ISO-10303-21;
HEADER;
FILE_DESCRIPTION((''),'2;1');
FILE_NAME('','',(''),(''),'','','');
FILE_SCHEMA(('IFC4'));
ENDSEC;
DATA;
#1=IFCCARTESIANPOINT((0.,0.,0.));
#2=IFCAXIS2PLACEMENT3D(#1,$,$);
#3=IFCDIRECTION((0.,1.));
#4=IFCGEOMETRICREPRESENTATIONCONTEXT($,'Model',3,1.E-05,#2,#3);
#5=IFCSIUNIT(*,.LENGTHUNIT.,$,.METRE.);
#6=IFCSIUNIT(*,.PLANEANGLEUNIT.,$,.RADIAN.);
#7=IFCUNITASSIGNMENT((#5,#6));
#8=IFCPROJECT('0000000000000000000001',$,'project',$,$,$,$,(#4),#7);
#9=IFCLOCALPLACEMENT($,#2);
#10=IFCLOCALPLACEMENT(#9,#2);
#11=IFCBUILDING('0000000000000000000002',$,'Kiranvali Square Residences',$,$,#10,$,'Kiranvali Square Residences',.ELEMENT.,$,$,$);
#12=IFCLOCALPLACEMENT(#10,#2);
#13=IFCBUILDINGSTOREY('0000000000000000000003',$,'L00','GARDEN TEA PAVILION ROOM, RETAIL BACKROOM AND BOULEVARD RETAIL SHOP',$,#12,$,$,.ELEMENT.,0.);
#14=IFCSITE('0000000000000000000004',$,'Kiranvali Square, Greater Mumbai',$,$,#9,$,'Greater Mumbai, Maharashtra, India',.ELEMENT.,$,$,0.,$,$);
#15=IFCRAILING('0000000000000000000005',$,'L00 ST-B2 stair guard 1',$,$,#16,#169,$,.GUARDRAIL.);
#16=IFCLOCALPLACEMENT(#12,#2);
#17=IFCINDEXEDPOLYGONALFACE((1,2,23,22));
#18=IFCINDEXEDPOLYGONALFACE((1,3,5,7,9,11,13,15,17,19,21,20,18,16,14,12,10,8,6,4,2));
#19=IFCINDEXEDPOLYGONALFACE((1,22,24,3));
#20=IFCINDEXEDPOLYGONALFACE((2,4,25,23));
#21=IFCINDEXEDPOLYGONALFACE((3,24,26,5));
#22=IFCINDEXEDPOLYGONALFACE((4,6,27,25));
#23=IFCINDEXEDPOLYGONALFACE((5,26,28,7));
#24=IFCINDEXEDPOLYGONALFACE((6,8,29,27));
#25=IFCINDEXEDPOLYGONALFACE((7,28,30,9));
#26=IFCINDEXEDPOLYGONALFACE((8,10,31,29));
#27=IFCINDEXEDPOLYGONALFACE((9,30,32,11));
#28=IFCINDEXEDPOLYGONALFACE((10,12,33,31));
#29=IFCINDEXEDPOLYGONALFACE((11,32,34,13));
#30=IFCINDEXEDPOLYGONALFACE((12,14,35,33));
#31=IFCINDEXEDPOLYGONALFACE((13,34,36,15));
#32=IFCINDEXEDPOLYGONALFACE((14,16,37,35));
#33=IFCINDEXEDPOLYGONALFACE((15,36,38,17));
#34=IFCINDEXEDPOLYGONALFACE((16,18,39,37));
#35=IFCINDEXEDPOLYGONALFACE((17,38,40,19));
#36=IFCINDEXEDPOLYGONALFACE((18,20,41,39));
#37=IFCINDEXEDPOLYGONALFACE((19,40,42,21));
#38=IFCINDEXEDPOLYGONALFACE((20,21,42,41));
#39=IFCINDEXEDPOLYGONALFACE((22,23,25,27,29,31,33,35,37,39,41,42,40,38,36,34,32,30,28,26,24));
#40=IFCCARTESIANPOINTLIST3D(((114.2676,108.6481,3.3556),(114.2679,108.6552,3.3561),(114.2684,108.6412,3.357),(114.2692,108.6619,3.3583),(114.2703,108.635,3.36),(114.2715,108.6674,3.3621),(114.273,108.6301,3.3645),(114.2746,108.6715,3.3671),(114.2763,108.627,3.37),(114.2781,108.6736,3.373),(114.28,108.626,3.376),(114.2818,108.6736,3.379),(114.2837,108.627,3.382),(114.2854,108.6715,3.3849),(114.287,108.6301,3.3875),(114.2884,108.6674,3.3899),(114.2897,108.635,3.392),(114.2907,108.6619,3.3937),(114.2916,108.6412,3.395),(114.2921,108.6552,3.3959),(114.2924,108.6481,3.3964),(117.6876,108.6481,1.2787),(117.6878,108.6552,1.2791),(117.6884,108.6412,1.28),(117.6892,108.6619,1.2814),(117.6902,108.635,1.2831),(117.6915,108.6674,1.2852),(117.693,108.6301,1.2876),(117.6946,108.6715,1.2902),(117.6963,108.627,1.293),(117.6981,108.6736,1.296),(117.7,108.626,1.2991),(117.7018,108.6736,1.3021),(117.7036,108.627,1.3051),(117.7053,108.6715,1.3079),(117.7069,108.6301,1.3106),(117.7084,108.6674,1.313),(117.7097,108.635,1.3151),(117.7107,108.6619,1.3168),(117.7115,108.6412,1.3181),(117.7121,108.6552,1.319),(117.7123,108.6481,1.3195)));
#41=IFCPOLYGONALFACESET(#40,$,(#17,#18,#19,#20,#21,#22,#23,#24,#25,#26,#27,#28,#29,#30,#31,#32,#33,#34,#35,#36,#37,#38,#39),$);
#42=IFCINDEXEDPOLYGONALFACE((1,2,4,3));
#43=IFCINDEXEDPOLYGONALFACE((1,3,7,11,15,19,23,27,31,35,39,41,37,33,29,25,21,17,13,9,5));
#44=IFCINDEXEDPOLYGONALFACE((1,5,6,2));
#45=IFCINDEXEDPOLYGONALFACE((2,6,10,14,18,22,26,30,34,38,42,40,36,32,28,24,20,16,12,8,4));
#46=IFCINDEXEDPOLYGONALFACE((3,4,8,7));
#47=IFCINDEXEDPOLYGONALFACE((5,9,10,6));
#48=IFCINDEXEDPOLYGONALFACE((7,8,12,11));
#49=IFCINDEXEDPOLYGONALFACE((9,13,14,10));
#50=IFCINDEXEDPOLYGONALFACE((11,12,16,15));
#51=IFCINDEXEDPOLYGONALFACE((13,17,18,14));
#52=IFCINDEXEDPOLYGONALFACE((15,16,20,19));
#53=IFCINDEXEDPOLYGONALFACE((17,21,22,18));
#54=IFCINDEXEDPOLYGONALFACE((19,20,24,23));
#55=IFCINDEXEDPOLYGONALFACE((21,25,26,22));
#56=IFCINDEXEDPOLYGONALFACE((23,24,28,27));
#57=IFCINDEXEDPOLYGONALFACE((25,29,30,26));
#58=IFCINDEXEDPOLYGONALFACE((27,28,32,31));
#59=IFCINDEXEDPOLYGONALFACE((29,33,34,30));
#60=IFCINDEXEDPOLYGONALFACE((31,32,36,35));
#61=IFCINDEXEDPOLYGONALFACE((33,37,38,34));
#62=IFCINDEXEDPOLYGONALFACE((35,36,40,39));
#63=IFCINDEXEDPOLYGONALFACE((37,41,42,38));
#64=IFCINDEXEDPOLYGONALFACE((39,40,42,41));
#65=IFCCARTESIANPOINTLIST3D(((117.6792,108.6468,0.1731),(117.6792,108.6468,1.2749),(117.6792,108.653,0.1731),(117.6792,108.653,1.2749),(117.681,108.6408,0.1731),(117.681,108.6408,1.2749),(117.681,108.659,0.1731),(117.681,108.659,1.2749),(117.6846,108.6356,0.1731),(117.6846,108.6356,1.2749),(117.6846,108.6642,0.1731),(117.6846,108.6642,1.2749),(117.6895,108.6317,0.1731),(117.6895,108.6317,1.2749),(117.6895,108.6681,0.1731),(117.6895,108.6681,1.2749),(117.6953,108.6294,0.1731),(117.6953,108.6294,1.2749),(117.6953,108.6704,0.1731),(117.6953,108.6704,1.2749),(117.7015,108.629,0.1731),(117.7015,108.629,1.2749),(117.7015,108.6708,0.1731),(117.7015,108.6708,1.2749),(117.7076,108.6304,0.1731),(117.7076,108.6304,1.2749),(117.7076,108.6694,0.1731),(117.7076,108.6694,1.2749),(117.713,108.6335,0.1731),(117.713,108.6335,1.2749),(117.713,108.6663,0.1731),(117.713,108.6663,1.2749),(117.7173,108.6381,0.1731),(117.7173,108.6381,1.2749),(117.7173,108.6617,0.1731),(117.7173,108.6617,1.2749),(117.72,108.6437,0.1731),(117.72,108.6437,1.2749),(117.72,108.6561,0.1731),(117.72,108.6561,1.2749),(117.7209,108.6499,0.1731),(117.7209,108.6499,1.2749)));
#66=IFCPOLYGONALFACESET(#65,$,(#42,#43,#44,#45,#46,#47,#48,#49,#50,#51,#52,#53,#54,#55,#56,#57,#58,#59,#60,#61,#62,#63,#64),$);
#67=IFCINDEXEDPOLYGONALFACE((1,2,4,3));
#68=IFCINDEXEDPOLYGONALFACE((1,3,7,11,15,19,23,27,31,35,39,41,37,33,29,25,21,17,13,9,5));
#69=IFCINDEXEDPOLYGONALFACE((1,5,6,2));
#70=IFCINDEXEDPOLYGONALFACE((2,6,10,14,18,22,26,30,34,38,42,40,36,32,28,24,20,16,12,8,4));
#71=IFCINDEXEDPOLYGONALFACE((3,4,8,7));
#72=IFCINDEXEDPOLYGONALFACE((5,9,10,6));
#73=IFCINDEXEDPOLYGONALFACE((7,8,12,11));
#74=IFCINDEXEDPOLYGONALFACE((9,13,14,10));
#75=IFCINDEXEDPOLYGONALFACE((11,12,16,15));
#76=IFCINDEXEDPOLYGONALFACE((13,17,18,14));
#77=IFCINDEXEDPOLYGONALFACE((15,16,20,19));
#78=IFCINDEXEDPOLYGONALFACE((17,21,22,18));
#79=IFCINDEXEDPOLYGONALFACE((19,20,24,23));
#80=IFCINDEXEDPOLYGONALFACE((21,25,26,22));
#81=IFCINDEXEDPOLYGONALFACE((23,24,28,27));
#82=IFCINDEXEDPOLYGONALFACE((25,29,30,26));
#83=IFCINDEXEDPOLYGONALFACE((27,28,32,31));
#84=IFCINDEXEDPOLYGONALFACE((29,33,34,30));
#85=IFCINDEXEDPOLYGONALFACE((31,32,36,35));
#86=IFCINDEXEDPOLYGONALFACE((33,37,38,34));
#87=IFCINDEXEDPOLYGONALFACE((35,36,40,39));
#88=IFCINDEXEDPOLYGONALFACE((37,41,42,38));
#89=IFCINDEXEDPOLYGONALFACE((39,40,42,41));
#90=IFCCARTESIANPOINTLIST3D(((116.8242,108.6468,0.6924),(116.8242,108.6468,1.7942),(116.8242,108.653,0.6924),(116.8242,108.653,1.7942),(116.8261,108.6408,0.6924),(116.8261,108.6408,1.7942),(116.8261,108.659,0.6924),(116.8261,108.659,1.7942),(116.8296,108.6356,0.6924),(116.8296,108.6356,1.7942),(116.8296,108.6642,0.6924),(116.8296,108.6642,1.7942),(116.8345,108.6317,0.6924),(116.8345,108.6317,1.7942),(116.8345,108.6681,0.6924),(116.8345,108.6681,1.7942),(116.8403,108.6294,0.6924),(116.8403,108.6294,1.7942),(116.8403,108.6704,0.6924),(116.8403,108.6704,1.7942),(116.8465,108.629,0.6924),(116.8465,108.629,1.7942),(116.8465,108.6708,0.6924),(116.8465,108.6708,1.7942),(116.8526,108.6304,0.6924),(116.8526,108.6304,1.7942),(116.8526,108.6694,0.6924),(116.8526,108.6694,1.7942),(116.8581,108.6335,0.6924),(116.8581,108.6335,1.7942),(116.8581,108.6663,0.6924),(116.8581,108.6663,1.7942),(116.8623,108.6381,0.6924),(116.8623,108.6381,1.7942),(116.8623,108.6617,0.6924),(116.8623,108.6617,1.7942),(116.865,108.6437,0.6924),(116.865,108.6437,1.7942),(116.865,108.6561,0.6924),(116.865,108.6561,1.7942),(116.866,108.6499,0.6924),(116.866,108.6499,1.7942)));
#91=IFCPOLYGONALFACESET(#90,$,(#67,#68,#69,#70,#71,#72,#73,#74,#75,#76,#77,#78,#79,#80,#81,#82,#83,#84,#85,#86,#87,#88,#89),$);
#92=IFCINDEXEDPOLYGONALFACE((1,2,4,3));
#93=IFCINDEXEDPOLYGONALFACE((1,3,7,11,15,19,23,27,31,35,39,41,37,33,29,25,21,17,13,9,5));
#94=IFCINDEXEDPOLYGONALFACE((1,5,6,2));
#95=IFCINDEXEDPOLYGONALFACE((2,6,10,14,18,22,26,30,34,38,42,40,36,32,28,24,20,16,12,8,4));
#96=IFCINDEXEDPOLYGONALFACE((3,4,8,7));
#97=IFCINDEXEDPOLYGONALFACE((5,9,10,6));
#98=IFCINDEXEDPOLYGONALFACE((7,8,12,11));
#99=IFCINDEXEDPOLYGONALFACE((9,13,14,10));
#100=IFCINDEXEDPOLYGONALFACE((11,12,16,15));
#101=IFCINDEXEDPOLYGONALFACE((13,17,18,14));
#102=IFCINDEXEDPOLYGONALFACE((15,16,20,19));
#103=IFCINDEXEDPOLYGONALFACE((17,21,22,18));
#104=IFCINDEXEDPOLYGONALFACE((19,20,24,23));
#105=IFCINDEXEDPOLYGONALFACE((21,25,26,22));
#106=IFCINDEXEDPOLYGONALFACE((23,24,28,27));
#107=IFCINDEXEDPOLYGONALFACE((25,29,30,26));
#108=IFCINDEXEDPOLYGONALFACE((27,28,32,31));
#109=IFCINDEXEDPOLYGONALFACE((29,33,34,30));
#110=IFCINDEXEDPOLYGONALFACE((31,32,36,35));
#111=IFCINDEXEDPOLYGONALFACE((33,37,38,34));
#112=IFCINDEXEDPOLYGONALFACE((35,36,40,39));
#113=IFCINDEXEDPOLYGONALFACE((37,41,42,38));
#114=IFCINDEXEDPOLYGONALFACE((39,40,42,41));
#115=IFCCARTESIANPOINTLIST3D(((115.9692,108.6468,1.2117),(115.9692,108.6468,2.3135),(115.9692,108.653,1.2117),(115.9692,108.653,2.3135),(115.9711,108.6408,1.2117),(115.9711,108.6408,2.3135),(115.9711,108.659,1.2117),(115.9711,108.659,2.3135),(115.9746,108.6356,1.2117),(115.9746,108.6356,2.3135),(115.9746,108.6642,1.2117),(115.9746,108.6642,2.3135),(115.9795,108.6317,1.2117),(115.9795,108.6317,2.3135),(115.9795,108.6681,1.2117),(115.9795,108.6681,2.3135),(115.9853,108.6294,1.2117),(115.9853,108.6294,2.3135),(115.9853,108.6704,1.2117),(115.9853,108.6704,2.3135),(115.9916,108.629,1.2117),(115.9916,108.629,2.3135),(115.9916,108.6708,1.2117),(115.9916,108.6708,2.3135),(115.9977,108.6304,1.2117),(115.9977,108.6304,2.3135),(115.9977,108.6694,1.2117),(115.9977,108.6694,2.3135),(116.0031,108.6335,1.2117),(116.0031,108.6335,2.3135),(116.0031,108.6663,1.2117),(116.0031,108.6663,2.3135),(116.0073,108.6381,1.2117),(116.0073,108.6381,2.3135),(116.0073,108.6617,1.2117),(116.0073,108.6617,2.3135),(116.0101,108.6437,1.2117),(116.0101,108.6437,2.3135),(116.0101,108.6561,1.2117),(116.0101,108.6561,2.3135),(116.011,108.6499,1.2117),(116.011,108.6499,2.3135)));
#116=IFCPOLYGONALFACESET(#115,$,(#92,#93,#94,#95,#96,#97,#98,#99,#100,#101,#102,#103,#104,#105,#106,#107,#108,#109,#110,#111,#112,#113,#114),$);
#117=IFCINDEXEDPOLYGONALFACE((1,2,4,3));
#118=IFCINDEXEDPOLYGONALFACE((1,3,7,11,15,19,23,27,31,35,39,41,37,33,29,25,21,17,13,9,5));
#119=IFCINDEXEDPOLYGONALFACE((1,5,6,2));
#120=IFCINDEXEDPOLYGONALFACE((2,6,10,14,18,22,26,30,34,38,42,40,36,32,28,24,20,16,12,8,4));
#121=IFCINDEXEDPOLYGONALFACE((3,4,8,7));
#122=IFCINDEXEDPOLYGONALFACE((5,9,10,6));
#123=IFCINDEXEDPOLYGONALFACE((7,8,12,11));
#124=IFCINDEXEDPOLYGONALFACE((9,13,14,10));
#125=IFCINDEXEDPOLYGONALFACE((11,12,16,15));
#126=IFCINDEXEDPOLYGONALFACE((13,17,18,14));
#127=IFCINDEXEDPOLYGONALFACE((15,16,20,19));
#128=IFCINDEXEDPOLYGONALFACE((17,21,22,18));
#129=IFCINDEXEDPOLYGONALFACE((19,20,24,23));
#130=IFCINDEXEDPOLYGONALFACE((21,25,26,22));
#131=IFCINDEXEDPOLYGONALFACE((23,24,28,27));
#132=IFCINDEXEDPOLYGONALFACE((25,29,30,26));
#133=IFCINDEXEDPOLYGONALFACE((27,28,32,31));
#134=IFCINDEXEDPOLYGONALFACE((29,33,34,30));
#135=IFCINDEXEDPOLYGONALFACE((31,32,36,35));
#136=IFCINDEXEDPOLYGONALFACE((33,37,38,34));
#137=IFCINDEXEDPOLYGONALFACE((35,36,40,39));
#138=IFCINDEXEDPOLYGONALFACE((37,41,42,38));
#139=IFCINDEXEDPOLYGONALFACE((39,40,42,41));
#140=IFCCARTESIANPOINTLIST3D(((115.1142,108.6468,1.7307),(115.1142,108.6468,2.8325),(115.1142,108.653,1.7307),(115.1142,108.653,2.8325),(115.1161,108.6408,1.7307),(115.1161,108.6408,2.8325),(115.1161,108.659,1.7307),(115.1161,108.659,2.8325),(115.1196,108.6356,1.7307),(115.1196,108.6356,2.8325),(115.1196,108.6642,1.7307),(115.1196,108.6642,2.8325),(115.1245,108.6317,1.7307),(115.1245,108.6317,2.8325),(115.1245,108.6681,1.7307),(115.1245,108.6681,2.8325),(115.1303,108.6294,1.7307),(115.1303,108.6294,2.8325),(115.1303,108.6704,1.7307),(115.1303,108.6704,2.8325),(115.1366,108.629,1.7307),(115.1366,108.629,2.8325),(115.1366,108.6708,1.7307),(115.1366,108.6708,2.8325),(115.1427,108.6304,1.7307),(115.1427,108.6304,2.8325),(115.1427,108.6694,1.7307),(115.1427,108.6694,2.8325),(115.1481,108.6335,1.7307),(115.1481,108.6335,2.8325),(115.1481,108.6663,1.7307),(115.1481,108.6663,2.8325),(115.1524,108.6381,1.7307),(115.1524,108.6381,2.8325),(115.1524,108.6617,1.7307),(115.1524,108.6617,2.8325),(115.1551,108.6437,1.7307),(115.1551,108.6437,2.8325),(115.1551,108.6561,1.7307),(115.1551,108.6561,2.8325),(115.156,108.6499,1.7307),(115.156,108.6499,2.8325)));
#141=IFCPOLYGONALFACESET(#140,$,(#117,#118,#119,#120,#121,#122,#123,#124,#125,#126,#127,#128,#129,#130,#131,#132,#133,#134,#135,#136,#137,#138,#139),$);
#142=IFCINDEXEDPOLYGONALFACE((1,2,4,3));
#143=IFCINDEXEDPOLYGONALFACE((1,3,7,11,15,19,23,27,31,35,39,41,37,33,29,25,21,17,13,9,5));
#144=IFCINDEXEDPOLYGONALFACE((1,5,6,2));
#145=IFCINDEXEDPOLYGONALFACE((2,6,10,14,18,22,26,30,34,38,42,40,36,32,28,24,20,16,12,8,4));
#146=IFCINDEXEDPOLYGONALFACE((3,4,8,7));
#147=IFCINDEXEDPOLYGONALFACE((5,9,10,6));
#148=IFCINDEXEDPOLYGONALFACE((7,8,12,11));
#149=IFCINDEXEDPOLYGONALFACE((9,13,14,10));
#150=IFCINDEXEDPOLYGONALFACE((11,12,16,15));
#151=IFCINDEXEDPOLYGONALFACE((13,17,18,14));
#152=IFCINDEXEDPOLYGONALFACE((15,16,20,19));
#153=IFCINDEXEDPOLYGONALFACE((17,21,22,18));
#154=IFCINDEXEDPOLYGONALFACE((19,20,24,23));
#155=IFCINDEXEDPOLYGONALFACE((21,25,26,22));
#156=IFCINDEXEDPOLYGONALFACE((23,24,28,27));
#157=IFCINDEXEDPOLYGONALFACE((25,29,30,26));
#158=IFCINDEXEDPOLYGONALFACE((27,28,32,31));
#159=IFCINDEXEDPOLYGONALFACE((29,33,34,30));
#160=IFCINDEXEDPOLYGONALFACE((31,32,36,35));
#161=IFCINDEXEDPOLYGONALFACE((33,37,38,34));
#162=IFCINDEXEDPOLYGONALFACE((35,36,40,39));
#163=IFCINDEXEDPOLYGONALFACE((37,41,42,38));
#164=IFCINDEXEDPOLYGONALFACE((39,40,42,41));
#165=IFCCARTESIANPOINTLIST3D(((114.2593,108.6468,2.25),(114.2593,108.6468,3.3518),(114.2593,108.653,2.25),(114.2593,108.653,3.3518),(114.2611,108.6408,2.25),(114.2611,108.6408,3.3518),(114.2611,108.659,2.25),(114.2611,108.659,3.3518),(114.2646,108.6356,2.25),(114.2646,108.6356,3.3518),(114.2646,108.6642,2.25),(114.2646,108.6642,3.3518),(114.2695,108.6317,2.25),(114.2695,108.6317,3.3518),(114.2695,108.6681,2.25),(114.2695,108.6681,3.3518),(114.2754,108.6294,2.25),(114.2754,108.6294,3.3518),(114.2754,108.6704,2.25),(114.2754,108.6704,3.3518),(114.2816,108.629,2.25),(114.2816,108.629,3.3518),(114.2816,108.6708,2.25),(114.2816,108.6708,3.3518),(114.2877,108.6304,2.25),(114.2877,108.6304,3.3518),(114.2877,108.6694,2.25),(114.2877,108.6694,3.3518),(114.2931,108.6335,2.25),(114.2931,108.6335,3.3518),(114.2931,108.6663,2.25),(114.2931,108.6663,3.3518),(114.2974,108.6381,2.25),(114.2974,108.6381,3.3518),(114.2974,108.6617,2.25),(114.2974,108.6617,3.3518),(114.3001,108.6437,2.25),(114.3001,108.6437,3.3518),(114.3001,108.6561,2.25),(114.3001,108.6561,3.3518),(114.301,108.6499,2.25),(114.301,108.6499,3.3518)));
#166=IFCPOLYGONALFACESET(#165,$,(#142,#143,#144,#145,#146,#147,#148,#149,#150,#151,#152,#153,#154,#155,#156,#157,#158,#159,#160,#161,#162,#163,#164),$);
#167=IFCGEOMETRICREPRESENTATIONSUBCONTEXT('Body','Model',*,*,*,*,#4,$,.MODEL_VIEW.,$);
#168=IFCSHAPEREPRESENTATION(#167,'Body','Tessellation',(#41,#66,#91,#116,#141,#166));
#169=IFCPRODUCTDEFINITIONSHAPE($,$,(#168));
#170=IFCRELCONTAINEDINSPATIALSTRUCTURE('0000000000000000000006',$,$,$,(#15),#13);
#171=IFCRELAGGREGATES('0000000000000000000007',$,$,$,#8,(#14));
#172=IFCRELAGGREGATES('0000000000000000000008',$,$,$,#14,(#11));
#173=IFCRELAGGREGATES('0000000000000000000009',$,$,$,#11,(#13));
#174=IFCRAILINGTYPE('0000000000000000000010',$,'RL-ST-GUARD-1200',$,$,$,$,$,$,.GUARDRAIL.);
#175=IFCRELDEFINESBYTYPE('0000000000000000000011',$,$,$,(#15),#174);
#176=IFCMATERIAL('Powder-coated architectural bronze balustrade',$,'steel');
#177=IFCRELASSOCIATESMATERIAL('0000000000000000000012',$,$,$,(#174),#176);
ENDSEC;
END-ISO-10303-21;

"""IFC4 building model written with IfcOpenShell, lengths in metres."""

from ifc_helpers import new_model, si_unit, direction, frame, origin, origin_2d, place, context, subcontext, project, spatial, circle, extrude, material, type_object, element, save


model = new_model("IFC4")

# Units and contexts
model_context = context("Model", 3, precision=1e-05, world=origin(), true_north=direction((0.0, 1.0)))
body_context = subcontext(model_context, "Body", "Model", "MODEL_VIEW")
ifc_project = project(units=[si_unit("LENGTHUNIT", "METRE"), si_unit("PLANEANGLEUNIT", "RADIAN")], contexts=[model_context])

# Site, building, storey
site_placement = place(None, origin())
site = spatial("IfcSite", under=ifc_project, at=site_placement, Name="Kiranvali Square, Greater Mumbai", LongName="Greater Mumbai, Maharashtra, India", CompositionType="ELEMENT", RefElevation=0.0)
building_placement = place(site_placement, origin())
building = spatial("IfcBuilding", under=site, at=building_placement, Name="Kiranvali Square Residences", LongName="Kiranvali Square Residences", CompositionType="ELEMENT")
storey_placement = place(building_placement, origin())
storey = spatial("IfcBuildingStorey", under=building, at=storey_placement, Name="L00", Description="GARDEN TEA PAVILION ROOM, RETAIL BACKROOM AND BOULEVARD RETAIL SHOP", CompositionType="ELEMENT", Elevation=0.0)

# Railing
ifc_material_1 = material(Name="Powder-coated architectural bronze balustrade", Category="steel")
railing_type_1 = type_object("IfcRailingType", Name="RL-ST-GUARD-1200", PredefinedType="GUARDRAIL", material=ifc_material_1)
railing_1_placement = place(storey_placement, frame((117.7, 108.6499, 0.1731)))
element("IfcRailing", 1, at=railing_1_placement, inside=storey, type_object=railing_type_1, Name="L00 ST-B2 stair guard 1", PredefinedType="GUARDRAIL", context=body_context, shape_type="SweptSolid", body=[
    extrude(circle(Radius=0.0239, at=origin_2d()), frame((0.0, 0.0, 1.126), z_axis=(-0.85473, 0.0, 0.519074), x_axis=(0.0, -1.0, 0.0)), (0.0, 0.0, 1.0), 4.0012),
    extrude(circle(Radius=0.021, at=origin_2d()), origin(), (0.0, 0.0, 1.0), 1.1018),
    extrude(circle(Radius=0.021, at=origin_2d()), frame((-0.855, 0.0, 0.5193)), (0.0, 0.0, 1.0), 1.1018),
    extrude(circle(Radius=0.021, at=origin_2d()), frame((-1.71, 0.0, 1.0386)), (0.0, 0.0, 1.0), 1.1018),
    extrude(circle(Radius=0.021, at=origin_2d()), frame((-2.5649, 0.0, 1.5576)), (0.0, 0.0, 1.0), 1.1018),
    extrude(circle(Radius=0.021, at=origin_2d()), frame((-3.4199, 0.0, 2.0769)), (0.0, 0.0, 1.0), 1.1018),
])

save(model, "model.ifc")
